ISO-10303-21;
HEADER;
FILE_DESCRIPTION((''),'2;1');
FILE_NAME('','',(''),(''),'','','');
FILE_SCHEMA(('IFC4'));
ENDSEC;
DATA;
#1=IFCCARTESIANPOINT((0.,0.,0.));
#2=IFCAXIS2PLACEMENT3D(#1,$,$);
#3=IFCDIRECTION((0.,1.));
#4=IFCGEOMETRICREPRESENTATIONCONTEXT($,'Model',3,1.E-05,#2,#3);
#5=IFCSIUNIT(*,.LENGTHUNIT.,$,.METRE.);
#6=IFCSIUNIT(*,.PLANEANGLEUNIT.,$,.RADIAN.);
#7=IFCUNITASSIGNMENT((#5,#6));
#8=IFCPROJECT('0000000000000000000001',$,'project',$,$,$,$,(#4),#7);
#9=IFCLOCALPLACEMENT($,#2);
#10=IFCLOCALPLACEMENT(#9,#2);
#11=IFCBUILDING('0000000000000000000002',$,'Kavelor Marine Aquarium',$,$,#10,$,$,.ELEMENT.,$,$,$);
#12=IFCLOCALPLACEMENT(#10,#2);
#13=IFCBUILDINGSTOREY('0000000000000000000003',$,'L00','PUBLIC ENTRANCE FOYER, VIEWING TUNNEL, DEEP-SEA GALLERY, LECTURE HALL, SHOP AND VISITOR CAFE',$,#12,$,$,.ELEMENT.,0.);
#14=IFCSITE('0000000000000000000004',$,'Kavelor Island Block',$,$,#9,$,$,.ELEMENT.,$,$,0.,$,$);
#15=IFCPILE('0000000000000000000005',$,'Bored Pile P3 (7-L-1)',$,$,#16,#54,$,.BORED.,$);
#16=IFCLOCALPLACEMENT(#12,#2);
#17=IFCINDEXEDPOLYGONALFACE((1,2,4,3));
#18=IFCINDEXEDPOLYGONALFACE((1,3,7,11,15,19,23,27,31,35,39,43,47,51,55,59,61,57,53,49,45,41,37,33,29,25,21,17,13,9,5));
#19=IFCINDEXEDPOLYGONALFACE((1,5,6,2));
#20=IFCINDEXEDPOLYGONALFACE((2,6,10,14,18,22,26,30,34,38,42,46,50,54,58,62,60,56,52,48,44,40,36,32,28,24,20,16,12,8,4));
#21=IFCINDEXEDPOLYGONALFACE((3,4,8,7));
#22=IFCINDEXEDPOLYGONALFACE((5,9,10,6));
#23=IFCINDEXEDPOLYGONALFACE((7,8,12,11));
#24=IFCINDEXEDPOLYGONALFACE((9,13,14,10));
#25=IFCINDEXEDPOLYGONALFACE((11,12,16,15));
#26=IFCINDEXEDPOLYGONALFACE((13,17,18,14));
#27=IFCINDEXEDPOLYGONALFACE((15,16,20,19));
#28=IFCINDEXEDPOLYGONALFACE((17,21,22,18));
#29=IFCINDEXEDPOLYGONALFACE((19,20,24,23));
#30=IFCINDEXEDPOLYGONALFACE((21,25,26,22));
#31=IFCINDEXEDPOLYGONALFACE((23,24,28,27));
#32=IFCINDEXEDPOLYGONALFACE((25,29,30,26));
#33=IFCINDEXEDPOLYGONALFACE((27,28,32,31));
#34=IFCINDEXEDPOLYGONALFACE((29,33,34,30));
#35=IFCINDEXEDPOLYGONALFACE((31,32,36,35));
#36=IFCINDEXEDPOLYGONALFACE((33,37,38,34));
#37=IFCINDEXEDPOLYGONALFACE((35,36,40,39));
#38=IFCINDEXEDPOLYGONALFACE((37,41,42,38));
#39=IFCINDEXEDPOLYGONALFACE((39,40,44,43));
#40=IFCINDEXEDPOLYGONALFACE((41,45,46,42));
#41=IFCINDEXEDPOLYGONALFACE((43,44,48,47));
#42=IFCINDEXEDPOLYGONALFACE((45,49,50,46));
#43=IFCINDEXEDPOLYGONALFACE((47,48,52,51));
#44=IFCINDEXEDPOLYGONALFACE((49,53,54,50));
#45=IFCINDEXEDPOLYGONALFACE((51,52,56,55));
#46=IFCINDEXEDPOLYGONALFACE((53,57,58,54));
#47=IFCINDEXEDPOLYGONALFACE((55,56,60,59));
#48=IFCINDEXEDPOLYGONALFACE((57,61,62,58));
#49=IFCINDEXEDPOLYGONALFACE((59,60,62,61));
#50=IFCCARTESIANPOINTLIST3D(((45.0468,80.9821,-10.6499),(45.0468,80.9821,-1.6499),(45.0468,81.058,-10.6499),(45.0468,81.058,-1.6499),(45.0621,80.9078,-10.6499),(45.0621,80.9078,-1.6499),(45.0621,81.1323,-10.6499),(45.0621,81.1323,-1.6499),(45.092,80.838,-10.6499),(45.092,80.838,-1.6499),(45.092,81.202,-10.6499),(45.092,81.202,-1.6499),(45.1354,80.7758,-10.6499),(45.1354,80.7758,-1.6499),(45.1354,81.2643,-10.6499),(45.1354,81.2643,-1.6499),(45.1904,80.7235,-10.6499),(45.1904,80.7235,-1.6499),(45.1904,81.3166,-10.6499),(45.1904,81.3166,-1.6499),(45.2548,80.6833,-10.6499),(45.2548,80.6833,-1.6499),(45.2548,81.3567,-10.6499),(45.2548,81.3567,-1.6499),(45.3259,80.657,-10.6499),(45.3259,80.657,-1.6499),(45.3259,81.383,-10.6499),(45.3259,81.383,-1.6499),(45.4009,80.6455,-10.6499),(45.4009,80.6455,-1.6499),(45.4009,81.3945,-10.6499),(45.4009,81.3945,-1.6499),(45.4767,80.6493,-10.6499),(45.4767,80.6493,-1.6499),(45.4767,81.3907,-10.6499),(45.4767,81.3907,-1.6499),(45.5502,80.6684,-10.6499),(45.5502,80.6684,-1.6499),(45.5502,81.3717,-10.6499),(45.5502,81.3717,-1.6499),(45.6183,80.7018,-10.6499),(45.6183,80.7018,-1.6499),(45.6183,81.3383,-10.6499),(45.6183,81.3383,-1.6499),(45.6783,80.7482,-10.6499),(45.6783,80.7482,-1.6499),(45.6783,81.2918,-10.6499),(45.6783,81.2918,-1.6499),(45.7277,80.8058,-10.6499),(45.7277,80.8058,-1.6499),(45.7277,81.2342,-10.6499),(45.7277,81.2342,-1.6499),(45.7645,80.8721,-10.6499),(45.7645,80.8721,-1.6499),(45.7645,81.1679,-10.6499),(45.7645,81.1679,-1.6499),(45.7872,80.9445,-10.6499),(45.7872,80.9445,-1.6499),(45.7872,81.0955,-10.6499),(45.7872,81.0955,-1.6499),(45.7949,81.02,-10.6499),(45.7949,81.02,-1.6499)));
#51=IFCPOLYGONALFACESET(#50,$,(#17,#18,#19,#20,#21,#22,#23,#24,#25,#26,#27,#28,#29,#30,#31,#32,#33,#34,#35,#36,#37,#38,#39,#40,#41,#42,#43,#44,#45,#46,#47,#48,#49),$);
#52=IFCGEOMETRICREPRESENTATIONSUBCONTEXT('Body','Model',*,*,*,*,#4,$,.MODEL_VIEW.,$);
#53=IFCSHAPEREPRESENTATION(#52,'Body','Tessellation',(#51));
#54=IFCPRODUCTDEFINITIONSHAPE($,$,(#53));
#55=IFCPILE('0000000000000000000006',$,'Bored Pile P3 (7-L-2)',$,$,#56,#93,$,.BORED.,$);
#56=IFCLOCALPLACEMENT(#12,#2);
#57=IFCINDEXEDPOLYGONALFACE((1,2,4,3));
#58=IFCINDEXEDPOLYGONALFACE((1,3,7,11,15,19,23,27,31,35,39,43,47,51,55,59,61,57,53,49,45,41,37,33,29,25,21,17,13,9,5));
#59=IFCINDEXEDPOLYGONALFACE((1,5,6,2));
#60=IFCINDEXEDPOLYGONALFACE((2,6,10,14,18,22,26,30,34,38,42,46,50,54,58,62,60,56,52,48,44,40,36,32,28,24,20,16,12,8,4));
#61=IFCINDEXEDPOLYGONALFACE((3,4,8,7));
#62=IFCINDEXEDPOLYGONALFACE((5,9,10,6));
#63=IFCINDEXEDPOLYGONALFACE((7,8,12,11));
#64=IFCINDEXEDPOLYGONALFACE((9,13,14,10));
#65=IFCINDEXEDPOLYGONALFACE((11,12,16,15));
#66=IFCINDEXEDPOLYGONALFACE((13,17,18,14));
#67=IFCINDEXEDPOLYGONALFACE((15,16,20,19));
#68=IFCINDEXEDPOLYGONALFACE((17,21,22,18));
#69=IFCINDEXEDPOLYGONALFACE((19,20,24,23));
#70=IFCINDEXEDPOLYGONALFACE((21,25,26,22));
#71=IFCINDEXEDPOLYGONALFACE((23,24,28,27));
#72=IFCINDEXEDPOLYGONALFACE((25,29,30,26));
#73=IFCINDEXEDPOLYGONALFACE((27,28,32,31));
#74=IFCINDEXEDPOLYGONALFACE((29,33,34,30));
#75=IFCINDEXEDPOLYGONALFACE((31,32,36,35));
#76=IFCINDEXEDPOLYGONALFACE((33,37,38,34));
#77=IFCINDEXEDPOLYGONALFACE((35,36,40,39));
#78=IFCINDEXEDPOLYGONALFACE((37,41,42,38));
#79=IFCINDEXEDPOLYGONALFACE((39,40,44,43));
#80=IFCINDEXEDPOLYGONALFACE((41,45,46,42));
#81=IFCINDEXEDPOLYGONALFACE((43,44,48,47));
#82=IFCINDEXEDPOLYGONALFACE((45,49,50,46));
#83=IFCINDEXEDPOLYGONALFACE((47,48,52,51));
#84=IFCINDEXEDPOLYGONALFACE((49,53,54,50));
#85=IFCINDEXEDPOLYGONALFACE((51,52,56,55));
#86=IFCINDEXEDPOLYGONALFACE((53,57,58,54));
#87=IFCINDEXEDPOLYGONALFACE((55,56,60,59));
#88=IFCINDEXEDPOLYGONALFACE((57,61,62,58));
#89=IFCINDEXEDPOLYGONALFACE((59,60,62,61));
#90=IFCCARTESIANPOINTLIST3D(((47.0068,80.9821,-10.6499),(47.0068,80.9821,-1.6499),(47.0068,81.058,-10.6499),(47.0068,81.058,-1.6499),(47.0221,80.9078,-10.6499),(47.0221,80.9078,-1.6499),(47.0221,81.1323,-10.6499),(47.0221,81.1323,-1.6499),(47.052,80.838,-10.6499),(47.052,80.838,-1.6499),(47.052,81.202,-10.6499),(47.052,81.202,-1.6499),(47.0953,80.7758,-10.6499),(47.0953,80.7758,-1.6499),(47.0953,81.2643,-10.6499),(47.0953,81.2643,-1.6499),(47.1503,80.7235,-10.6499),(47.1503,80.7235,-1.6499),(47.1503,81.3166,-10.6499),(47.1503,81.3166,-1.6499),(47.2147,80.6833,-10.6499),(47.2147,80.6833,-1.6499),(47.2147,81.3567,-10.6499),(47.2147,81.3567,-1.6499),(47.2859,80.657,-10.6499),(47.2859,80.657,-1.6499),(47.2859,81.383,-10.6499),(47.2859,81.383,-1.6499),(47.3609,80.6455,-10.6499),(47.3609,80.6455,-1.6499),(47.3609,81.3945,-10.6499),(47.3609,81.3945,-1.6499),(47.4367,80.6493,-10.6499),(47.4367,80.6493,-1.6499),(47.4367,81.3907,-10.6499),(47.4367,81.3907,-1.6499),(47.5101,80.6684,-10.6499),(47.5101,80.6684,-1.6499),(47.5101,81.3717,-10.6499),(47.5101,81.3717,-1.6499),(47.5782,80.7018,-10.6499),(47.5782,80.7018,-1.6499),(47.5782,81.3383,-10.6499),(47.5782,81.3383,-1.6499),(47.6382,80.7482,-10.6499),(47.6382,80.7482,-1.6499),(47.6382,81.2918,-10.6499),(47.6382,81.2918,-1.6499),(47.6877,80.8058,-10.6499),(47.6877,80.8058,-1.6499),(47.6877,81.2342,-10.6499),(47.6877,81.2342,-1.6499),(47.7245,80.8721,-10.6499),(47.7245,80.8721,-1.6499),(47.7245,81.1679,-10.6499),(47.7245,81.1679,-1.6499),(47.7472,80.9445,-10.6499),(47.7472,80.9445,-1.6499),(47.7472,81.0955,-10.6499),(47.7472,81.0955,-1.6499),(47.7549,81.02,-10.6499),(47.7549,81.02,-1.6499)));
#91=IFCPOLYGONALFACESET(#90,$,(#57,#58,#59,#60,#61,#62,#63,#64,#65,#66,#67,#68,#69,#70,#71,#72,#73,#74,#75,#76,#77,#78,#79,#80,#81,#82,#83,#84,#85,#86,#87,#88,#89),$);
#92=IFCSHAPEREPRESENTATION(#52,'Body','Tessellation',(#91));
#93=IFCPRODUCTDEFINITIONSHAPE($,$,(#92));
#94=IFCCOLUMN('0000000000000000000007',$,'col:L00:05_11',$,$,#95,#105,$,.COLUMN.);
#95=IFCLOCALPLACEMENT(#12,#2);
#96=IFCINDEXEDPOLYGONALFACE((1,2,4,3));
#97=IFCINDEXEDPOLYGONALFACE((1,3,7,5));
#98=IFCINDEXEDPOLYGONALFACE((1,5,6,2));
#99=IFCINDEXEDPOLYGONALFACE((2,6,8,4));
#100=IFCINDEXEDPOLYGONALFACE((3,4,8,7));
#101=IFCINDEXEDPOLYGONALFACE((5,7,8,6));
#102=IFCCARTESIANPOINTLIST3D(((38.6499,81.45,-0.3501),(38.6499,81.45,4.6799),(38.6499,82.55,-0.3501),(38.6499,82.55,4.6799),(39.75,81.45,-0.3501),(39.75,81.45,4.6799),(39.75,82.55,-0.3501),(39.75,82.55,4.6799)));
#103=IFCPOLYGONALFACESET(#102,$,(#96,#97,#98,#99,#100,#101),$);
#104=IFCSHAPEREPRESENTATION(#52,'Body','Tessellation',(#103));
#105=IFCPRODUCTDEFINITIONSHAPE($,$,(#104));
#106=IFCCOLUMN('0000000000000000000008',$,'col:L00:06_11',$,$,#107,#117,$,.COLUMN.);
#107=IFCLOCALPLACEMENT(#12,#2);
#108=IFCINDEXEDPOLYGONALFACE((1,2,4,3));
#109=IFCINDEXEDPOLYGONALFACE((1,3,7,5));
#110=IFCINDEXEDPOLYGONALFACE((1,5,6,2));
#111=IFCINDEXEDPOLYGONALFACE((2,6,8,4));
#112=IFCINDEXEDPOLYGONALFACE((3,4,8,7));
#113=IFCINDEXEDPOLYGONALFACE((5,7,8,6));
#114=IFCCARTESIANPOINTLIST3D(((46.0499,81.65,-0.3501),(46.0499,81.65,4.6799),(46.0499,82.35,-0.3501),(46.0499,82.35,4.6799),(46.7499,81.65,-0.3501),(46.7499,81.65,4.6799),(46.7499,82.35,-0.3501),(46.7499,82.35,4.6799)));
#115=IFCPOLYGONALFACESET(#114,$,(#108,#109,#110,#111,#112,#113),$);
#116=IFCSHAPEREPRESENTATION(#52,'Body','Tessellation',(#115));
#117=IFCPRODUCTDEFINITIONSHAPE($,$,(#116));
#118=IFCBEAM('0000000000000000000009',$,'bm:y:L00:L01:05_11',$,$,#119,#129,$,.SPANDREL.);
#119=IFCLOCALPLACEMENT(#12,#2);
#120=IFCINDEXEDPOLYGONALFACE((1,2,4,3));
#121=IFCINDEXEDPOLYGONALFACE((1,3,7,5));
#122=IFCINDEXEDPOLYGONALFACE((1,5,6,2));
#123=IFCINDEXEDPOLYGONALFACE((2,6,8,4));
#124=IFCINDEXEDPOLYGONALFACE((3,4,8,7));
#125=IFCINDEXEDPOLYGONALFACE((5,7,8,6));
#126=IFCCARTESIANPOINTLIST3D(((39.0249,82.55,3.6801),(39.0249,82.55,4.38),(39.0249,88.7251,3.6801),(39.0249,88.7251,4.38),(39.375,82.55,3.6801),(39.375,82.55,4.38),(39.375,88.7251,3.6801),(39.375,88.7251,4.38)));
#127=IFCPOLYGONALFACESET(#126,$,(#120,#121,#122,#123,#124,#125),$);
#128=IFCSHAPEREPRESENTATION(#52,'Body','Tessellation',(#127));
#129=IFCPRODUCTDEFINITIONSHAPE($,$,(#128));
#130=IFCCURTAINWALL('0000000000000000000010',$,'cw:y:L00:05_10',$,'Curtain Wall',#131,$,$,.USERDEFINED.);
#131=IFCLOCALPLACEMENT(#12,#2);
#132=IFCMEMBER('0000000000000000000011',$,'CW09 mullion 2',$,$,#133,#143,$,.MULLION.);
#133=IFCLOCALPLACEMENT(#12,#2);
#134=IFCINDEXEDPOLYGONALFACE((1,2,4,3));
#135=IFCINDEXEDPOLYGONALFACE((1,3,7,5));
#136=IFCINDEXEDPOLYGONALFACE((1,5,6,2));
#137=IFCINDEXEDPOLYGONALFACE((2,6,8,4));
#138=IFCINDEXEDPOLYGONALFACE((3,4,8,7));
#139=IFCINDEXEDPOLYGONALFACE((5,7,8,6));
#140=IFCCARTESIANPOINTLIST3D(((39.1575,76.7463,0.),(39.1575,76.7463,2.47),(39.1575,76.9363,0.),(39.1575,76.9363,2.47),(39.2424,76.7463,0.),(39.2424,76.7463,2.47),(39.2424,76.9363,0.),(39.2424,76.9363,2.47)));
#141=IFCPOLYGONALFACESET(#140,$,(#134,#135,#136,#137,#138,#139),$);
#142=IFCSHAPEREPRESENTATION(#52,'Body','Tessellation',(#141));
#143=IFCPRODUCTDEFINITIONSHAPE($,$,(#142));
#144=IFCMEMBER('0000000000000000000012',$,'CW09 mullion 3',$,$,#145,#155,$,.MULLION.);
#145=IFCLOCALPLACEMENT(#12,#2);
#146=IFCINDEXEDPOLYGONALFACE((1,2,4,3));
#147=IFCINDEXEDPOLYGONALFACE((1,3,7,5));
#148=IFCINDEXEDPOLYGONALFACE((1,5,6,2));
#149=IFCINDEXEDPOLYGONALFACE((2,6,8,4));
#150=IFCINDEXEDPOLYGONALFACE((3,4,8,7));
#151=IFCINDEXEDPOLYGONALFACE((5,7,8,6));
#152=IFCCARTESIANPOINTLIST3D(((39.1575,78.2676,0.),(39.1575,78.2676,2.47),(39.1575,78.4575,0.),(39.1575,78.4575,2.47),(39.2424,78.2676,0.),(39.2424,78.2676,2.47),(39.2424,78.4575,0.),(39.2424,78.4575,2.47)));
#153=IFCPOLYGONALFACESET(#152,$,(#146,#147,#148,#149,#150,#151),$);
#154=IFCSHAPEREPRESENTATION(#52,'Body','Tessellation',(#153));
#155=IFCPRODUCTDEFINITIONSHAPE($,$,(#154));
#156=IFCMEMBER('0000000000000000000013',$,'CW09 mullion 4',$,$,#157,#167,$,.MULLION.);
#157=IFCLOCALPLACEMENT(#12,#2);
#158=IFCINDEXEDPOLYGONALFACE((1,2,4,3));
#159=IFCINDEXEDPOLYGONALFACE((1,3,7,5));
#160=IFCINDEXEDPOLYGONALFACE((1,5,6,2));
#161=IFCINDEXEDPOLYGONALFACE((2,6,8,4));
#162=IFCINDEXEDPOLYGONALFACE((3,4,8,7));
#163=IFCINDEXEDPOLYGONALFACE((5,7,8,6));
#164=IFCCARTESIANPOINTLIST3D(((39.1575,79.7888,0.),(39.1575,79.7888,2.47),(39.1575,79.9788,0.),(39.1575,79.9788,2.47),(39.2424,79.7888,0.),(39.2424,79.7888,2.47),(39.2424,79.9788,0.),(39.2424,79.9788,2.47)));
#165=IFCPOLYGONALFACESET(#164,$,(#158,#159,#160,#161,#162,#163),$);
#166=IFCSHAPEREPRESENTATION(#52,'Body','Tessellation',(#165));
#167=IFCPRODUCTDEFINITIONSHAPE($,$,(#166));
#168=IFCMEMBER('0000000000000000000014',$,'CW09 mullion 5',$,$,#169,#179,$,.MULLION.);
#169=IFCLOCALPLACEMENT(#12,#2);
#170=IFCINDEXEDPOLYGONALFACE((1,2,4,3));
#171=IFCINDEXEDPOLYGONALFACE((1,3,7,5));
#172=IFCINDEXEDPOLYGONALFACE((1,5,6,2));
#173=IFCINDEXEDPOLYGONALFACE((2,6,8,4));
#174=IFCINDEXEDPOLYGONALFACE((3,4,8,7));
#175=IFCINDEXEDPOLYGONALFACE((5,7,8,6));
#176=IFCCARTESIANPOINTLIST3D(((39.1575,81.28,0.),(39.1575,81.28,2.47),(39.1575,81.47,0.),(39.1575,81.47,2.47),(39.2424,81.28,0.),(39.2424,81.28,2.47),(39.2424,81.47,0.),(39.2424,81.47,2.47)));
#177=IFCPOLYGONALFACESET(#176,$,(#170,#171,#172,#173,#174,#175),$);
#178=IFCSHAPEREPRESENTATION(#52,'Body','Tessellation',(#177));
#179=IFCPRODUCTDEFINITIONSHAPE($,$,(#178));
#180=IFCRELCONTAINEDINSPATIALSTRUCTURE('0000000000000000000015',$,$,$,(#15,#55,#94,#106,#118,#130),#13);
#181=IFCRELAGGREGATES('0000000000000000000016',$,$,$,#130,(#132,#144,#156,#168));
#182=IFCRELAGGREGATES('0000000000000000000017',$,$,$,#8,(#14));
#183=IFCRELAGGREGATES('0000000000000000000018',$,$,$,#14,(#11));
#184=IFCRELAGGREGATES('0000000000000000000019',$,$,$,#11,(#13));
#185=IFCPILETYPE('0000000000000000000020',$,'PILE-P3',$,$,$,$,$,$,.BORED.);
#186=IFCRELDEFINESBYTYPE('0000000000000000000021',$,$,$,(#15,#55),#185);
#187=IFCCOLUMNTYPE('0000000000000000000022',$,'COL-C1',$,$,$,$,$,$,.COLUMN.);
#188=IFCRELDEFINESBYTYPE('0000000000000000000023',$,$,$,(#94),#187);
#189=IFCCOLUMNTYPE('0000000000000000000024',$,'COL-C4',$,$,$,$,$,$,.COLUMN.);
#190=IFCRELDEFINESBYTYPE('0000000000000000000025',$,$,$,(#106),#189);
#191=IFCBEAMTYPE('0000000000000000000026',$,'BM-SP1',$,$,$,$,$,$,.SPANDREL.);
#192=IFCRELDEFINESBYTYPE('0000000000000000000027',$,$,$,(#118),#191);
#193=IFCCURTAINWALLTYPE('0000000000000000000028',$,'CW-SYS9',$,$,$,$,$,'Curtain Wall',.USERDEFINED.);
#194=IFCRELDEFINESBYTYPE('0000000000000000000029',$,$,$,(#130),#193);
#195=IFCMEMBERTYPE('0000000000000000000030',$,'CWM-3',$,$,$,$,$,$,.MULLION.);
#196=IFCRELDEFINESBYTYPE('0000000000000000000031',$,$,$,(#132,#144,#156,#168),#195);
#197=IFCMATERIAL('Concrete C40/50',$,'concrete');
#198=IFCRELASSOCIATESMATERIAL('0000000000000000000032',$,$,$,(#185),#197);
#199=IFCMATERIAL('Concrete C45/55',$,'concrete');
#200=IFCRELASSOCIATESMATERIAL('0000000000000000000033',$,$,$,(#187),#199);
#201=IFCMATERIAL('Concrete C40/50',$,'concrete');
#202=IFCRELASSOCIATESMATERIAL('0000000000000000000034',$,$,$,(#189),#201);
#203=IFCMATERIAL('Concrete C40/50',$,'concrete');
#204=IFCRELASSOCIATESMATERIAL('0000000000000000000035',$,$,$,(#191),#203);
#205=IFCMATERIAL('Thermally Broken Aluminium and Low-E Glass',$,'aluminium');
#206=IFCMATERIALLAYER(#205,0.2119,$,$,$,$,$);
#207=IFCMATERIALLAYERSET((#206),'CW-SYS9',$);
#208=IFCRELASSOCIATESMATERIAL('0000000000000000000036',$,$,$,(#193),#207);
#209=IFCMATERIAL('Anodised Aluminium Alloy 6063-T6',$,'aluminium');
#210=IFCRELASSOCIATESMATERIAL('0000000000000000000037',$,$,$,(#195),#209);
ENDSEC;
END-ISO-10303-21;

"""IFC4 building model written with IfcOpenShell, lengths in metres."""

from ifc_helpers import new_model, si_unit, direction, frame, origin, origin_2d, place, context, subcontext, project, spatial, rectangle, circle, extrude, material, layer, layer_set, material_profile, profile_set, type_object, element, aggregate, save


model = new_model("IFC4")

# Units and contexts
model_context = context("Model", 3, precision=1e-05, world=origin(), true_north=direction((0.0, 1.0)))
body_context = subcontext(model_context, "Body", "Model", "MODEL_VIEW")
ifc_project = project(units=[si_unit("LENGTHUNIT", "METRE"), si_unit("PLANEANGLEUNIT", "RADIAN")], contexts=[model_context])

# Site, building, storey
site_placement = place(None, origin())
site = spatial("IfcSite", under=ifc_project, at=site_placement, Name="Kavelor Island Block", CompositionType="ELEMENT", RefElevation=0.0)
building_placement = place(site_placement, origin())
building = spatial("IfcBuilding", under=site, at=building_placement, Name="Kavelor Marine Aquarium", CompositionType="ELEMENT")
storey_placement = place(building_placement, origin())
storey = spatial("IfcBuildingStorey", under=building, at=storey_placement, Name="L00", Description="PUBLIC ENTRANCE FOYER, VIEWING TUNNEL, DEEP-SEA GALLERY, LECTURE HALL, SHOP AND VISITOR CAFE", CompositionType="ELEMENT", Elevation=0.0)

# Piles
ifc_material_1 = material(Name="Concrete C40/50", Category="concrete")
ifc_material_profile_1 = material_profile(ifc_material_1, circle(Radius=0.375, at=origin_2d()), Name="PILE D750")
ifc_profile_set_1 = profile_set([ifc_material_profile_1], Name="Concrete C40/50")
pile_type_1 = type_object("IfcPileType", Name="PILE-P3", PredefinedType="BORED", material=ifc_profile_set_1)
for number, where, z_axis, x_axis, name in (
    (1, (45.4199, 81.02, -1.6499), (0.0, 0.0, -1.0), (1.0, 0.0, 0.0), "Bored Pile P3 (7-L-1)"),
    (2, (47.3799, 81.02, -1.6499), (0.0, 0.0, -1.0), (1.0, 0.0, 0.0), "Bored Pile P3 (7-L-2)"),
):
    element("IfcPile", number, at=place(storey_placement, frame(where, z_axis=z_axis, x_axis=x_axis)), inside=storey, type_object=pile_type_1, Name=name, PredefinedType="BORED", context=body_context, shape_type="SweptSolid", body=[
        extrude(circle(Radius=0.375, at=origin_2d()), origin(), (0.0, 0.0, 1.0), 9.0),
    ])

# Columns
ifc_material_2 = material(Name="Concrete C45/55", Category="concrete")
ifc_material_profile_2 = material_profile(ifc_material_2, rectangle(XDim=1.1001, YDim=1.1001, at=origin_2d()), Name="RC-COL 1100x1100")
ifc_profile_set_2 = profile_set([ifc_material_profile_2], Name="Concrete C45/55")
column_type_1 = type_object("IfcColumnType", Name="COL-C1", PredefinedType="COLUMN", material=ifc_profile_set_2)
column_1_placement = place(storey_placement, frame((39.2, 82.0, -0.3501), z_axis=(0.0, 0.0, 1.0), x_axis=(1.0, 0.0, 0.0)))
element("IfcColumn", 3, at=column_1_placement, inside=storey, type_object=column_type_1, Name="col:L00:05_11", PredefinedType="COLUMN", context=body_context, shape_type="SweptSolid", body=[
    extrude(rectangle(XDim=1.1001, YDim=1.1001, at=origin_2d()), origin(), (0.0, 0.0, 1.0), 5.03),
])
ifc_material_3 = material(Name="Concrete C40/50", Category="concrete")
ifc_material_profile_3 = material_profile(ifc_material_3, rectangle(XDim=0.7, YDim=0.7, at=origin_2d()), Name="RC-COL 700x700")
ifc_profile_set_3 = profile_set([ifc_material_profile_3], Name="Concrete C40/50")
column_type_2 = type_object("IfcColumnType", Name="COL-C4", PredefinedType="COLUMN", material=ifc_profile_set_3)
column_2_placement = place(storey_placement, frame((46.3999, 82.0, -0.3501), z_axis=(0.0, 0.0, 1.0), x_axis=(1.0, 0.0, 0.0)))
element("IfcColumn", 4, at=column_2_placement, inside=storey, type_object=column_type_2, Name="col:L00:06_11", PredefinedType="COLUMN", context=body_context, shape_type="SweptSolid", body=[
    extrude(rectangle(XDim=0.7, YDim=0.7, at=origin_2d()), origin(), (0.0, 0.0, 1.0), 5.03),
])

# Beam
ifc_material_4 = material(Name="Concrete C40/50", Category="concrete")
ifc_material_profile_4 = material_profile(ifc_material_4, rectangle(XDim=0.3501, YDim=0.7, at=origin_2d()), Name="RC-SP 350x700")
ifc_profile_set_4 = profile_set([ifc_material_profile_4], Name="Concrete C40/50")
beam_type = type_object("IfcBeamType", Name="BM-SP1", PredefinedType="SPANDREL", material=ifc_profile_set_4)
beam_placement = place(storey_placement, frame((39.2, 82.55, 4.03), z_axis=(0.0, 1.0, 0.0), x_axis=(-1.0, 0.0, 0.0)))
element("IfcBeam", 5, at=beam_placement, inside=storey, type_object=beam_type, Name="bm:y:L00:L01:05_11", PredefinedType="SPANDREL", context=body_context, shape_type="SweptSolid", body=[
    extrude(rectangle(XDim=0.3501, YDim=0.7, at=origin_2d()), origin(), (0.0, 0.0, 1.0), 6.175),
])

# Curtain wall, members
ifc_material_5 = material(Name="Thermally Broken Aluminium and Low-E Glass", Category="aluminium")
ifc_layer_1 = layer(ifc_material_5, 0.2119)
ifc_layer_set_1 = layer_set([ifc_layer_1], Name="CW-SYS9")
curtain_wall_type = type_object("IfcCurtainWallType", Name="CW-SYS9", ElementType="Curtain Wall", PredefinedType="USERDEFINED", material=ifc_layer_set_1)
curtain_wall_placement = place(storey_placement, origin())
curtain_wall = element("IfcCurtainWall", 6, at=curtain_wall_placement, inside=storey, type_object=curtain_wall_type, Name="cw:y:L00:05_10", ObjectType="Curtain Wall", PredefinedType="USERDEFINED")
ifc_material_6 = material(Name="Anodised Aluminium Alloy 6063-T6", Category="aluminium")
ifc_material_profile_5 = material_profile(ifc_material_6, rectangle(XDim=0.085, YDim=0.1899, at=origin_2d()), Name="CW-MUL 85x190")
ifc_profile_set_5 = profile_set([ifc_material_profile_5], Name="Anodised Aluminium Alloy 6063-T6")
member_type_1 = type_object("IfcMemberType", Name="CWM-3", PredefinedType="MULLION", material=ifc_profile_set_5)
member_1_placement = place(storey_placement, frame((39.2, 76.8413, 0.0), z_axis=(0.0, 0.0, 1.0), x_axis=(-1.0, 0.0, 0.0)))
member_1 = element("IfcMember", 7, at=member_1_placement, type_object=member_type_1, Name="CW09 mullion 2", PredefinedType="MULLION", context=body_context, shape_type="SweptSolid", body=[
    extrude(rectangle(XDim=0.085, YDim=0.1899, at=origin_2d()), origin(), (0.0, 0.0, 1.0), 2.47),
])
member_2_placement = place(storey_placement, frame((39.2, 78.3625, 0.0), z_axis=(0.0, 0.0, 1.0), x_axis=(-1.0, 0.0, 0.0)))
member_2 = element("IfcMember", 8, at=member_2_placement, type_object=member_type_1, Name="CW09 mullion 3", PredefinedType="MULLION", context=body_context, shape_type="SweptSolid", body=[
    extrude(rectangle(XDim=0.085, YDim=0.1899, at=origin_2d()), origin(), (0.0, 0.0, 1.0), 2.47),
])
member_3_placement = place(storey_placement, frame((39.2, 79.8838, 0.0), z_axis=(0.0, 0.0, 1.0), x_axis=(-1.0, 0.0, 0.0)))
member_3 = element("IfcMember", 9, at=member_3_placement, type_object=member_type_1, Name="CW09 mullion 4", PredefinedType="MULLION", context=body_context, shape_type="SweptSolid", body=[
    extrude(rectangle(XDim=0.085, YDim=0.1899, at=origin_2d()), origin(), (0.0, 0.0, 1.0), 2.47),
])
member_4_placement = place(storey_placement, frame((39.2, 81.375, 0.0), z_axis=(0.0, 0.0, 1.0), x_axis=(-1.0, 0.0, 0.0)))
member_4 = element("IfcMember", 10, at=member_4_placement, type_object=member_type_1, Name="CW09 mullion 5", PredefinedType="MULLION", context=body_context, shape_type="SweptSolid", body=[
    extrude(rectangle(XDim=0.085, YDim=0.1899, at=origin_2d()), origin(), (0.0, 0.0, 1.0), 2.47),
])
aggregate(curtain_wall, [member_1, member_2, member_3, member_4])

save(model, "model.ifc")
